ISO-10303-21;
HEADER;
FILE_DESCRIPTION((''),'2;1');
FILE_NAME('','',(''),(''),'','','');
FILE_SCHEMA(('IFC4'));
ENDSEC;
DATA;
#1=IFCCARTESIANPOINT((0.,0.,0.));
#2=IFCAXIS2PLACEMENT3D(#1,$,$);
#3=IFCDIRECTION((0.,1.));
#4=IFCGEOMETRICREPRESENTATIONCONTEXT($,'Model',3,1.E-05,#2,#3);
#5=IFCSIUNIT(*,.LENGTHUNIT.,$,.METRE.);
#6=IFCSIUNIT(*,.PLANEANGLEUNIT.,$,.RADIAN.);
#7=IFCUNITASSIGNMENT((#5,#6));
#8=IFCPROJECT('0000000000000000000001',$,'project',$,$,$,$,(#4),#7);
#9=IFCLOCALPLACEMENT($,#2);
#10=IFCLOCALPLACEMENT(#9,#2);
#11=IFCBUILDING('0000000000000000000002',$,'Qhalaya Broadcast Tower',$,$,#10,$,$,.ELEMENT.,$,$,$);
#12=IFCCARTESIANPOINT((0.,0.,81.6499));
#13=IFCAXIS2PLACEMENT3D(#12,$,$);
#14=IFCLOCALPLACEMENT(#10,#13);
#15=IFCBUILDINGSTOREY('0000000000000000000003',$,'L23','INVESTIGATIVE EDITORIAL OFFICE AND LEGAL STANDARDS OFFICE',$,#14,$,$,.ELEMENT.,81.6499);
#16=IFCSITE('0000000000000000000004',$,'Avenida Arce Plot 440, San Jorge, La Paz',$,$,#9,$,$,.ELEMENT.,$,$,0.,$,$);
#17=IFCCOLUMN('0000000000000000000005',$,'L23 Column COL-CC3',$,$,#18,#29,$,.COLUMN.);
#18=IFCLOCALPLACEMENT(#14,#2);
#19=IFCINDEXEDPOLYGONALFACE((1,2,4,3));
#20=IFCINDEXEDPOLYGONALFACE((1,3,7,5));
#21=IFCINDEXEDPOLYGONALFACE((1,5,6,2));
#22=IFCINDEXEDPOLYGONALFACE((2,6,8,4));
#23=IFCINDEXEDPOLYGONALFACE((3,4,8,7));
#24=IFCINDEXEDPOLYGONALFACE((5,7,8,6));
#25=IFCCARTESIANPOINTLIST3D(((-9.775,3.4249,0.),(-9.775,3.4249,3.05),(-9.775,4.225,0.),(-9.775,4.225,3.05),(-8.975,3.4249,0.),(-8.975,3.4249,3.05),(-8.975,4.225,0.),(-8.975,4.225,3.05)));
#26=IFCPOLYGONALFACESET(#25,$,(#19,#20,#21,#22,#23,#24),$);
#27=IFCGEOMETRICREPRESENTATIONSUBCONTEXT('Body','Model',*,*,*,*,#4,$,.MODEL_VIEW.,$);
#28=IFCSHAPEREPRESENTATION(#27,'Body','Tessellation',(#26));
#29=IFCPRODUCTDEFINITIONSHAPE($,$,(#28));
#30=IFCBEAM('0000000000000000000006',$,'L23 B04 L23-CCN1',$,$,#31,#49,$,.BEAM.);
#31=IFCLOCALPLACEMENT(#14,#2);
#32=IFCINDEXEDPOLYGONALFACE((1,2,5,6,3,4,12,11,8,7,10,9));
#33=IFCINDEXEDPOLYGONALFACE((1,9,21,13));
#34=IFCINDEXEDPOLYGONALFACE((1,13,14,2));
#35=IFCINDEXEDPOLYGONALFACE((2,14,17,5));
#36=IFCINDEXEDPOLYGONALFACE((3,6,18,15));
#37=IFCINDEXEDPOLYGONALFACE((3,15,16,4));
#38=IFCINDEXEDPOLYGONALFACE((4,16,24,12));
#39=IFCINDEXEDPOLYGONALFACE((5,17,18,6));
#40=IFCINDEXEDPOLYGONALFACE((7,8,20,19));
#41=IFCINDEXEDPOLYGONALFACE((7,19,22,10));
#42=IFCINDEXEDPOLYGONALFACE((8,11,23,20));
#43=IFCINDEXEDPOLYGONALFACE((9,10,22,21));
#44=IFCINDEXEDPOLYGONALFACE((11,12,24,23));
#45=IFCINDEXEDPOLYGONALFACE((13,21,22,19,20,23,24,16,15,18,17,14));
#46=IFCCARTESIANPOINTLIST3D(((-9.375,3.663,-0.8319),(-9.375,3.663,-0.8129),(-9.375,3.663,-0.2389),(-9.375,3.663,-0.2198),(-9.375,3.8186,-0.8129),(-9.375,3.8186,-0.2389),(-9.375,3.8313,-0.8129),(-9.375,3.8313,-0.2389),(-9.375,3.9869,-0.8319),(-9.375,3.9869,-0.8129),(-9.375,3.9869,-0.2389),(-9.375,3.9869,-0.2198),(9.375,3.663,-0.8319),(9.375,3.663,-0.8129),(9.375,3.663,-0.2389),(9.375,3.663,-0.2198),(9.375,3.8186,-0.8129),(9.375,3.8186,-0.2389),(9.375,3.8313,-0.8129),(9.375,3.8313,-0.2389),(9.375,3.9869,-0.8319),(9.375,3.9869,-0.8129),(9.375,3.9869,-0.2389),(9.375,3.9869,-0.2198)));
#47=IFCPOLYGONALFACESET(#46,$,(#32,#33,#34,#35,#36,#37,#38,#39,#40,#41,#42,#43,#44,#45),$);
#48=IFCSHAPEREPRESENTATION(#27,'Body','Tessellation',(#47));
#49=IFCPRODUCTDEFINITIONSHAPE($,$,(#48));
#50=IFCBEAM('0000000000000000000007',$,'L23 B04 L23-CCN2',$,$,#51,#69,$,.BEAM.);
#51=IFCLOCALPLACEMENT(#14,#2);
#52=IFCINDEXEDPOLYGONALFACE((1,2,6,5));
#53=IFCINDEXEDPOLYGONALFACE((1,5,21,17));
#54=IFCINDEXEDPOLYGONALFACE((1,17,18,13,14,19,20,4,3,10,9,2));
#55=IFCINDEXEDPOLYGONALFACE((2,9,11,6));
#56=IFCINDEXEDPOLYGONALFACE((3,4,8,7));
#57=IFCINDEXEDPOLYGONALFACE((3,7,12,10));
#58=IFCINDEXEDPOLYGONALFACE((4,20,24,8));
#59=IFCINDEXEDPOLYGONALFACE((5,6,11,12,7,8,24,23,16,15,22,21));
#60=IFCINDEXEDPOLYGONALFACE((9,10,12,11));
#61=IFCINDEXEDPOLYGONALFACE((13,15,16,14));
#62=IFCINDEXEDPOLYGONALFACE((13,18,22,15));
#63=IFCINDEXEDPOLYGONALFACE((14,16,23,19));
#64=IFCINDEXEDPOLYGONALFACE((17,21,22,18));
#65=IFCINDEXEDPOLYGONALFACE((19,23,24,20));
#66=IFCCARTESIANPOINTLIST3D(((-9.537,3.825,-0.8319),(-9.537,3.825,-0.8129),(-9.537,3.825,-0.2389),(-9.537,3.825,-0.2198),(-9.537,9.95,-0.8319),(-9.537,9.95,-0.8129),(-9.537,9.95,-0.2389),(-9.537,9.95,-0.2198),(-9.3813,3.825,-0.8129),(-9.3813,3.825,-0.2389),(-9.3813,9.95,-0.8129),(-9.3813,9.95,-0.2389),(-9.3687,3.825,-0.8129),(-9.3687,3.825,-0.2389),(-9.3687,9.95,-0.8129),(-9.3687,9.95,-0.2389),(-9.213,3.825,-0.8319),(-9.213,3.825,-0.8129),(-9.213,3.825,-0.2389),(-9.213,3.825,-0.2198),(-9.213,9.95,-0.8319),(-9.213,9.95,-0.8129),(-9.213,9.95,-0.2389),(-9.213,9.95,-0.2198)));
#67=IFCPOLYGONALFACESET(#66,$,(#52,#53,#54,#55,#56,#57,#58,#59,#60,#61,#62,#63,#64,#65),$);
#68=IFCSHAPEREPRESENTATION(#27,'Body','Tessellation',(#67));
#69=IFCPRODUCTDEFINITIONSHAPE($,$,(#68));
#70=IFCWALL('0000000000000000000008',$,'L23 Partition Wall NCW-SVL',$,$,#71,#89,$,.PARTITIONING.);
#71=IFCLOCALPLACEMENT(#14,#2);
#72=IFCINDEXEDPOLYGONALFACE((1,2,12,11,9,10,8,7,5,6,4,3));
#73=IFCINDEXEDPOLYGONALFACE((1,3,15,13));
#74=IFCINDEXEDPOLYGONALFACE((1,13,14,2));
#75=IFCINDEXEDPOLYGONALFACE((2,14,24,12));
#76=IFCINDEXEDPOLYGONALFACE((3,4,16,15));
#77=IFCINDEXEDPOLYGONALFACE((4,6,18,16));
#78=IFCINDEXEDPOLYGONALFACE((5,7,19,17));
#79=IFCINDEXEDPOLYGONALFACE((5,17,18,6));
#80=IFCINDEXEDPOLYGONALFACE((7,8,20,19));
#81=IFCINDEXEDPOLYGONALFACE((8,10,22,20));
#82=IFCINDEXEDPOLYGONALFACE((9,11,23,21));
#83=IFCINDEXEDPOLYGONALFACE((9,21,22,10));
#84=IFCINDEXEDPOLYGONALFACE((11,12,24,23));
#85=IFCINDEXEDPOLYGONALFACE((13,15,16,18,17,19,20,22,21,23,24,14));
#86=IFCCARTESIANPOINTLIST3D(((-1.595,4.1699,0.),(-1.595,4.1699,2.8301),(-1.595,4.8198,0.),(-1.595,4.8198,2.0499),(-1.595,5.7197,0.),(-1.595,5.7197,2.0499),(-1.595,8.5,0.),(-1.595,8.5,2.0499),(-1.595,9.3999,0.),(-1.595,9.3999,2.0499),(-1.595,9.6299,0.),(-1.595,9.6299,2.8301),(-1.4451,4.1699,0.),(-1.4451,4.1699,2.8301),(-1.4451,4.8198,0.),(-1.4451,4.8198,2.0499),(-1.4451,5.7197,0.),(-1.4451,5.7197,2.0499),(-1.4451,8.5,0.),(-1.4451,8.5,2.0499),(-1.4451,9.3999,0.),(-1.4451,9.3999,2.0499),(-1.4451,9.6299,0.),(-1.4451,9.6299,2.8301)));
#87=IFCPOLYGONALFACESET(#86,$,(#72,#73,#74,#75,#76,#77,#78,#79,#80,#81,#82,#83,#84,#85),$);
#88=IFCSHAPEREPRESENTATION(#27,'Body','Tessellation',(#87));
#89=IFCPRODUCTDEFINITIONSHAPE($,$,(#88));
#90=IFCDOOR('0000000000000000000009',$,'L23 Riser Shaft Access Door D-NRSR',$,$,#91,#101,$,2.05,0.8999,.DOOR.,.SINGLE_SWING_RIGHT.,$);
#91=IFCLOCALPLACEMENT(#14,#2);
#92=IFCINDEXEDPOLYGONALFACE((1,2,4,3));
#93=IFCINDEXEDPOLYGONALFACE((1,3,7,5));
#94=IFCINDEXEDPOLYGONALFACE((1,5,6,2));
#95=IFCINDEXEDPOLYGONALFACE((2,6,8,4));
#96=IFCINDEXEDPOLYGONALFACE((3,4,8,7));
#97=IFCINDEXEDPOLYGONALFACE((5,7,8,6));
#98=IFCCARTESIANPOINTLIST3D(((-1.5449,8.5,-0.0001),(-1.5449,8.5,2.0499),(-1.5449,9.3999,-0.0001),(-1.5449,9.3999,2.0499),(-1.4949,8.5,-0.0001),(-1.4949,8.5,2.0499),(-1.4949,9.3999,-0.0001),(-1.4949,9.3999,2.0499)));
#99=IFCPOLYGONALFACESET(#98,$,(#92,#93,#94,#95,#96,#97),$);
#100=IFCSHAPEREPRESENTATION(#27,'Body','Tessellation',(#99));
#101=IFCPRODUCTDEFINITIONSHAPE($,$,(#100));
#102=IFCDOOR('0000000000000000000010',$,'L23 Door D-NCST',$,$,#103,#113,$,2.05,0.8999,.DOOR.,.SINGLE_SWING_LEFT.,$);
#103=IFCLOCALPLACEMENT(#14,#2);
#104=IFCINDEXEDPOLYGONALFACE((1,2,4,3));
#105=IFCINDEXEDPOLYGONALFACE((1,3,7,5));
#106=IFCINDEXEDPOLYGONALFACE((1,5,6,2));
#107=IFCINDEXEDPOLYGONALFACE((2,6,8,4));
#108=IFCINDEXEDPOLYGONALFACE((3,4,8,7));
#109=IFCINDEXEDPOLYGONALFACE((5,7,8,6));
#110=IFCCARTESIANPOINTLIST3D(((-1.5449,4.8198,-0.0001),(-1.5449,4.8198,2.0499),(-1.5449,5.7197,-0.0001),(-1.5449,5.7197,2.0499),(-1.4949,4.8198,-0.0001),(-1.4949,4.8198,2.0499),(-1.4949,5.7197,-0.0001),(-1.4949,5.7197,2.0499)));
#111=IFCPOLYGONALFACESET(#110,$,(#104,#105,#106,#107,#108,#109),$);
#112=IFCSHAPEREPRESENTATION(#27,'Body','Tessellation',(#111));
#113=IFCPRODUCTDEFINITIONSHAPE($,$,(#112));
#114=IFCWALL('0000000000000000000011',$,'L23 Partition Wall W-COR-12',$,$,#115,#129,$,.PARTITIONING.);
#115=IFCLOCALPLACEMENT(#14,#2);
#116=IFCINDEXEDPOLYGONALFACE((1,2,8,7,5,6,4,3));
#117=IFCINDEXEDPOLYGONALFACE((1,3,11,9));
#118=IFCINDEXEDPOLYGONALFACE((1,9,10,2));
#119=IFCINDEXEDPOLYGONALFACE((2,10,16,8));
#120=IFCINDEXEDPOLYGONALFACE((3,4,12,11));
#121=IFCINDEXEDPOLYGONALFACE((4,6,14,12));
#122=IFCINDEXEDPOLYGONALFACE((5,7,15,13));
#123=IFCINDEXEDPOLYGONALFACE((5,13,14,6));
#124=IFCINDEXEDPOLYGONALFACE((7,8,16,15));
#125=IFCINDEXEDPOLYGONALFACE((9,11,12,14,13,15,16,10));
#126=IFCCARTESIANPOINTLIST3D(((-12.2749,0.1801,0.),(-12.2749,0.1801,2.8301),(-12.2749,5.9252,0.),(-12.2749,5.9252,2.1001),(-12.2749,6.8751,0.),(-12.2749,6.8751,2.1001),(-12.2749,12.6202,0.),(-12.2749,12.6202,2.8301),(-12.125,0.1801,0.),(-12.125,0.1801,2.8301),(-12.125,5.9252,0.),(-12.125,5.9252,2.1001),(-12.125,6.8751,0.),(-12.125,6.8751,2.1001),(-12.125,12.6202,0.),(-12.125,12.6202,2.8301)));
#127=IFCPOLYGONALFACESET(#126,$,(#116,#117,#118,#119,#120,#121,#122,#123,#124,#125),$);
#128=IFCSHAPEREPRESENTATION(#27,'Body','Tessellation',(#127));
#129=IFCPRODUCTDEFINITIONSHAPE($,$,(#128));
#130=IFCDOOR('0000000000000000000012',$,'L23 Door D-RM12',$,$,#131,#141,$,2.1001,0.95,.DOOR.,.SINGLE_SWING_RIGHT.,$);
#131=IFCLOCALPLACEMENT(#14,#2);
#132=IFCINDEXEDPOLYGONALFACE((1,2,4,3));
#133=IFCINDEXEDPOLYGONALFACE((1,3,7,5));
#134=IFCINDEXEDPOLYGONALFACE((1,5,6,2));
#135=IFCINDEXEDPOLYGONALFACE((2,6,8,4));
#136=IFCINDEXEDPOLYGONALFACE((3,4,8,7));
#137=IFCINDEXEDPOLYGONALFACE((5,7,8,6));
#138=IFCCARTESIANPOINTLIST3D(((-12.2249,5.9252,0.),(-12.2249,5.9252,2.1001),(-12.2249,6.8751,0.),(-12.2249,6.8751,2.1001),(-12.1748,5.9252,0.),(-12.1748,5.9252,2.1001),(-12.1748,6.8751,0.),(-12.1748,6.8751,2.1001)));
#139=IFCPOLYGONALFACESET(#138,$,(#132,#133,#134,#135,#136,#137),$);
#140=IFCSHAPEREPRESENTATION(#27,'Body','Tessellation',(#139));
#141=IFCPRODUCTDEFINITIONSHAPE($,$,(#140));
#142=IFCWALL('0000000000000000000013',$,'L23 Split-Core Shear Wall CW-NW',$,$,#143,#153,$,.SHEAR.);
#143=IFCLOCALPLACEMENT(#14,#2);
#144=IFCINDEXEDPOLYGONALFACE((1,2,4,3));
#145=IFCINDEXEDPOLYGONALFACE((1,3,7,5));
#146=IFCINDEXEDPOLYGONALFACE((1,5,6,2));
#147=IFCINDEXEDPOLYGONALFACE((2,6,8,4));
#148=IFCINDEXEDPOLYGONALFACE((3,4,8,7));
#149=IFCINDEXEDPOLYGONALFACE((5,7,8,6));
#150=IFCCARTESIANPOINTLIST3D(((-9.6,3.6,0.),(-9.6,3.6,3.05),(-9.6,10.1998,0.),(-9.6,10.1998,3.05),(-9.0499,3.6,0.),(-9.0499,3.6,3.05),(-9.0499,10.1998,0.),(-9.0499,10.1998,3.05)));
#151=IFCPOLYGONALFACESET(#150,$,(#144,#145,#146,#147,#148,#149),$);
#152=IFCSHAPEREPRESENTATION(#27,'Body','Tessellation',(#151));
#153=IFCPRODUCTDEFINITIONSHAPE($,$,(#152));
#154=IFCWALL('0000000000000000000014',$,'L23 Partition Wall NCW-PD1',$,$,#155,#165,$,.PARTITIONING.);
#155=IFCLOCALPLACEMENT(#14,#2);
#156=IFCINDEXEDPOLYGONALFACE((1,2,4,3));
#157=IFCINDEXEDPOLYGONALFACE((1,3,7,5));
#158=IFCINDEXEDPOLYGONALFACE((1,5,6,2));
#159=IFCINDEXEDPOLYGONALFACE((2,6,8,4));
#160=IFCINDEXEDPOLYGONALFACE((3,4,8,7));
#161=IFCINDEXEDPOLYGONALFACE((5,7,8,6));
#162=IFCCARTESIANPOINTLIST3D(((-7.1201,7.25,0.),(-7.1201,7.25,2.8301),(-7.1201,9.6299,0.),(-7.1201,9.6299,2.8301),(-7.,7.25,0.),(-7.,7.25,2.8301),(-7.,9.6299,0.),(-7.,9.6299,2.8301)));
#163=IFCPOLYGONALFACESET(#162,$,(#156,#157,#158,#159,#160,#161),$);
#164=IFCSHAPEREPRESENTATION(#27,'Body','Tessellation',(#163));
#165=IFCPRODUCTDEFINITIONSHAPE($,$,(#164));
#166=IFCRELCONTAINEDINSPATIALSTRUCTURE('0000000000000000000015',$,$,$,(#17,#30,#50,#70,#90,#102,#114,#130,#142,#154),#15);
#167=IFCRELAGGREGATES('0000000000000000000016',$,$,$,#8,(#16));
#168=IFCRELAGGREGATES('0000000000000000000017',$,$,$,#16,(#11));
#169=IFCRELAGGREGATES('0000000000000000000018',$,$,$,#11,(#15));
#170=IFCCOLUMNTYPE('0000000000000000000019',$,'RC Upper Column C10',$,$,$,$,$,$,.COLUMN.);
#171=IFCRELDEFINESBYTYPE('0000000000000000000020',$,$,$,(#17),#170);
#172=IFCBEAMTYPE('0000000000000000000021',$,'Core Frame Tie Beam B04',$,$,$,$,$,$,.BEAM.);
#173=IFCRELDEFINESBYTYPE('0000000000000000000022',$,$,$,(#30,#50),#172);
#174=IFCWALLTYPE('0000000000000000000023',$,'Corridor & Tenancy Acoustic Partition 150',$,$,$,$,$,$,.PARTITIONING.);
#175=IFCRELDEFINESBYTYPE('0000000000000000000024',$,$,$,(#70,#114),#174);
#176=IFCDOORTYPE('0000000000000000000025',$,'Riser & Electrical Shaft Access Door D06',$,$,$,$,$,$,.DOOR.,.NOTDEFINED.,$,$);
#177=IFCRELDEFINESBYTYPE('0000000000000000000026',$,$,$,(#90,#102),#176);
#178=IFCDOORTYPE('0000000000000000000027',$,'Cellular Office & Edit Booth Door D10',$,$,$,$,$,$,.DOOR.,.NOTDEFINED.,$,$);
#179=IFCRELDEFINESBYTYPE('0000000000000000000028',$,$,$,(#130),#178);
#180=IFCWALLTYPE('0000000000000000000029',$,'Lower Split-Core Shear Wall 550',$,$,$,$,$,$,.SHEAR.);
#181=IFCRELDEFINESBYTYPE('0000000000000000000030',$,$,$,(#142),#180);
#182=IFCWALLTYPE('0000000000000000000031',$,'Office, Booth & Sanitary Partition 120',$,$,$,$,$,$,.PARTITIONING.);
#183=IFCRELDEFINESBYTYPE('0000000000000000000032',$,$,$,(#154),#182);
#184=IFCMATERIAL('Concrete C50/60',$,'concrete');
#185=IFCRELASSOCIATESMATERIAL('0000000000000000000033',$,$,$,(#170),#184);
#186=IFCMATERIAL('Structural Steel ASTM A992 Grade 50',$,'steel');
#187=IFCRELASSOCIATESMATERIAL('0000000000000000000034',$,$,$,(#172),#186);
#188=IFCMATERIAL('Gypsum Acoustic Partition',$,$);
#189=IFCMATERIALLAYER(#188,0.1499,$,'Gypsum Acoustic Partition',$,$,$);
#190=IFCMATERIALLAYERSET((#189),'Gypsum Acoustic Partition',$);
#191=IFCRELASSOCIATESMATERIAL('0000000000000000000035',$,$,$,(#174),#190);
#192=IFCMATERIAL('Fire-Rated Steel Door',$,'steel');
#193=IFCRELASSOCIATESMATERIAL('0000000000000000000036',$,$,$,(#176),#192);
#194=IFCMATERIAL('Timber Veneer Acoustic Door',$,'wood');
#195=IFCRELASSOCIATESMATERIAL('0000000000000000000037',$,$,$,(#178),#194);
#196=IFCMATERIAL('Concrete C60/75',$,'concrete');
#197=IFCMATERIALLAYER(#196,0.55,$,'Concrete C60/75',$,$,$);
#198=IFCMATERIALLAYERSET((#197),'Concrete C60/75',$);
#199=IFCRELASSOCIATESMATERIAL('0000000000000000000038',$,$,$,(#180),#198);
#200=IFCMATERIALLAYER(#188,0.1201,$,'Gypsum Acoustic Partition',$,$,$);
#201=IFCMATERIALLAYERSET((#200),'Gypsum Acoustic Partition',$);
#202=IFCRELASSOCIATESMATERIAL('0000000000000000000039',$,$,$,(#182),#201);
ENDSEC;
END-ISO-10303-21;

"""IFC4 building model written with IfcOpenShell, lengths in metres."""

from ifc_helpers import new_model, si_unit, direction, frame, frame_2d, origin, origin_2d, place, context, subcontext, project, spatial, rectangle, i_section, extrude, material, layer, layer_set, material_profile, profile_set, type_object, element, fill, save


model = new_model("IFC4")

# Units and contexts
model_context = context("Model", 3, precision=1e-05, world=origin(), true_north=direction((0.0, 1.0)))
body_context = subcontext(model_context, "Body", "Model", "MODEL_VIEW")
ifc_project = project(units=[si_unit("LENGTHUNIT", "METRE"), si_unit("PLANEANGLEUNIT", "RADIAN")], contexts=[model_context])

# Site, building, storey
site_placement = place(None, origin())
site = spatial("IfcSite", under=ifc_project, at=site_placement, Name="Avenida Arce Plot 440, San Jorge, La Paz", CompositionType="ELEMENT", RefElevation=0.0)
building_placement = place(site_placement, origin())
building = spatial("IfcBuilding", under=site, at=building_placement, Name="Qhalaya Broadcast Tower", CompositionType="ELEMENT")
storey_placement = place(building_placement, frame((0.0, 0.0, 81.6499)))
storey = spatial("IfcBuildingStorey", under=building, at=storey_placement, Name="L23", Description="INVESTIGATIVE EDITORIAL OFFICE AND LEGAL STANDARDS OFFICE", CompositionType="ELEMENT", Elevation=81.6499)

# Column
ifc_material_1 = material(Name="Concrete C50/60", Category="concrete")
ifc_material_profile_1 = material_profile(ifc_material_1, rectangle(XDim=0.8, YDim=0.8, at=origin_2d()), Name="RC-COL 800x800")
ifc_profile_set_1 = profile_set([ifc_material_profile_1], Name="Concrete C50/60")
column_type = type_object("IfcColumnType", Name="RC Upper Column C10", PredefinedType="COLUMN", material=ifc_profile_set_1)
column_placement = place(storey_placement, frame((-9.375, 3.825, 0.0), z_axis=(0.0, 0.0, 1.0), x_axis=(1.0, 0.0, 0.0)))
element("IfcColumn", 1, at=column_placement, inside=storey, type_object=column_type, Name="L23 Column COL-CC3", PredefinedType="COLUMN", context=body_context, shape_type="SweptSolid", body=[
    extrude(rectangle(XDim=0.8, YDim=0.8, at=origin_2d()), origin(), (0.0, 0.0, 1.0), 3.05),
])

# Beams
ifc_material_2 = material(Name="Structural Steel ASTM A992 Grade 50", Category="steel")
ifc_material_profile_2 = material_profile(ifc_material_2, i_section(OverallWidth=0.324, OverallDepth=0.6121, WebThickness=0.0127, FlangeThickness=0.019, at=origin_2d()), Name="W24X104")
ifc_profile_set_2 = profile_set([ifc_material_profile_2], Name="Structural Steel ASTM A992 Grade 50")
beam_type = type_object("IfcBeamType", Name="Core Frame Tie Beam B04", PredefinedType="BEAM", material=ifc_profile_set_2)
beam_1_placement = place(storey_placement, frame((-9.375, 3.825, -0.5259), z_axis=(1.0, 0.0, 0.0), x_axis=(0.0, 1.0, 0.0)))
element("IfcBeam", 2, at=beam_1_placement, inside=storey, type_object=beam_type, Name="L23 B04 L23-CCN1", PredefinedType="BEAM", context=body_context, shape_type="SweptSolid", body=[
    extrude(i_section(OverallWidth=0.324, OverallDepth=0.6121, WebThickness=0.0127, FlangeThickness=0.019, at=origin_2d()), origin(), (0.0, 0.0, 1.0), 18.75),
])
beam_2_placement = place(storey_placement, frame((-9.375, 3.825, -0.5259), z_axis=(0.0, 1.0, 0.0), x_axis=(-1.0, 0.0, 0.0)))
element("IfcBeam", 3, at=beam_2_placement, inside=storey, type_object=beam_type, Name="L23 B04 L23-CCN2", PredefinedType="BEAM", context=body_context, shape_type="SweptSolid", body=[
    extrude(i_section(OverallWidth=0.324, OverallDepth=0.6121, WebThickness=0.0127, FlangeThickness=0.019, at=origin_2d()), origin(), (0.0, 0.0, 1.0), 6.125),
])

# Wall, openings, doors
ifc_material_3 = material(Name="Gypsum Acoustic Partition")
ifc_layer_1 = layer(ifc_material_3, 0.1499, Name="Gypsum Acoustic Partition")
ifc_layer_set_1 = layer_set([ifc_layer_1], Name="Gypsum Acoustic Partition")
wall_type_1 = type_object("IfcWallType", Name="Corridor & Tenancy Acoustic Partition 150", PredefinedType="PARTITIONING", material=ifc_layer_set_1)
wall_1_placement = place(storey_placement, frame((-1.52, 4.1699, 0.0), z_axis=(0.0, 0.0, 1.0), x_axis=(0.0, 1.0, 0.0)))
wall_1 = element("IfcWall", 4, at=wall_1_placement, inside=storey, type_object=wall_type_1, Name="L23 Partition Wall NCW-SVL", PredefinedType="PARTITIONING", context=body_context, shape_type="SweptSolid", body=[
    extrude(rectangle(XDim=5.46, YDim=0.1499, at=frame_2d((2.73, 0.0))), origin(), (0.0, 0.0, 1.0), 2.8301),
])
opening_1_placement = place(wall_1_placement, frame((4.3301, 0.0, 0.0)))
opening_1 = element("IfcOpeningElement", 5, at=opening_1_placement, cuts=wall_1, PredefinedType="OPENING", context=body_context, shape_type="SweptSolid", body=[
    extrude(rectangle(XDim=0.8999, YDim=2.05, at=frame_2d((0.45, 1.0249))), frame((0.0, 0.0869, 0.0), z_axis=(0.0, -1.0, 0.0), x_axis=(1.0, 0.0, 0.0)), (0.0, 0.0, 1.0), 0.1738),
])
opening_2_placement = place(wall_1_placement, frame((0.6499, 0.0, 0.0)))
opening_2 = element("IfcOpeningElement", 6, at=opening_2_placement, cuts=wall_1, PredefinedType="OPENING", context=body_context, shape_type="SweptSolid", body=[
    extrude(rectangle(XDim=0.8999, YDim=2.05, at=frame_2d((0.45, 1.0249))), frame((0.0, 0.0869, 0.0), z_axis=(0.0, -1.0, 0.0), x_axis=(1.0, 0.0, 0.0)), (0.0, 0.0, 1.0), 0.1738),
])
ifc_material_4 = material(Name="Fire-Rated Steel Door", Category="steel")
door_type_1 = type_object("IfcDoorType", Name="Riser & Electrical Shaft Access Door D06", OperationType="NOTDEFINED", PredefinedType="DOOR", material=ifc_material_4)
door_1_placement = place(opening_1_placement, origin())
door_1 = element("IfcDoor", 7, at=door_1_placement, inside=storey, type_object=door_type_1, Name="L23 Riser Shaft Access Door D-NRSR", OperationType="SINGLE_SWING_RIGHT", OverallHeight=2.05, OverallWidth=0.8999, PredefinedType="DOOR", context=body_context, shape_type="SweptSolid", body=[
    extrude(rectangle(XDim=0.8999, YDim=2.05, at=frame_2d((0.45, 1.0249))), frame((0.0, 0.0249, 0.0), z_axis=(0.0, -1.0, 0.0), x_axis=(1.0, 0.0, 0.0)), (0.0, 0.0, 1.0), 0.05),
])
fill(opening_1, door_1)
door_2_placement = place(opening_2_placement, origin())
door_2 = element("IfcDoor", 8, at=door_2_placement, inside=storey, type_object=door_type_1, Name="L23 Door D-NCST", OperationType="SINGLE_SWING_LEFT", OverallHeight=2.05, OverallWidth=0.8999, PredefinedType="DOOR", context=body_context, shape_type="SweptSolid", body=[
    extrude(rectangle(XDim=0.8999, YDim=2.05, at=frame_2d((0.45, 1.0249))), frame((0.0, 0.0249, 0.0), z_axis=(0.0, -1.0, 0.0), x_axis=(1.0, 0.0, 0.0)), (0.0, 0.0, 1.0), 0.05),
])
fill(opening_2, door_2)

# Wall, opening, door
wall_2_placement = place(storey_placement, frame((-12.2, 0.1799, 0.0), z_axis=(0.0, 0.0, 1.0), x_axis=(0.0, 1.0, 0.0)))
wall_2 = element("IfcWall", 9, at=wall_2_placement, inside=storey, type_object=wall_type_1, Name="L23 Partition Wall W-COR-12", PredefinedType="PARTITIONING", context=body_context, shape_type="SweptSolid", body=[
    extrude(rectangle(XDim=12.4402, YDim=0.1499, at=frame_2d((6.2202, 0.0))), origin(), (0.0, 0.0, 1.0), 2.8301),
])
opening_3_placement = place(wall_2_placement, frame((5.7451, 0.0, 0.0)))
opening_3 = element("IfcOpeningElement", 10, at=opening_3_placement, cuts=wall_2, PredefinedType="OPENING", context=body_context, shape_type="SweptSolid", body=[
    extrude(rectangle(XDim=0.95, YDim=2.1001, at=frame_2d((0.4751, 1.05))), frame((0.0, 0.0869, 0.0), z_axis=(0.0, -1.0, 0.0), x_axis=(1.0, 0.0, 0.0)), (0.0, 0.0, 1.0), 0.1738),
])
ifc_material_5 = material(Name="Timber Veneer Acoustic Door", Category="wood")
door_type_2 = type_object("IfcDoorType", Name="Cellular Office & Edit Booth Door D10", OperationType="NOTDEFINED", PredefinedType="DOOR", material=ifc_material_5)
door_3_placement = place(opening_3_placement, origin())
door_3 = element("IfcDoor", 11, at=door_3_placement, inside=storey, type_object=door_type_2, Name="L23 Door D-RM12", OperationType="SINGLE_SWING_RIGHT", OverallHeight=2.1001, OverallWidth=0.95, PredefinedType="DOOR", context=body_context, shape_type="SweptSolid", body=[
    extrude(rectangle(XDim=0.95, YDim=2.1001, at=frame_2d((0.4751, 1.05))), frame((0.0, 0.0249, 0.0), z_axis=(0.0, -1.0, 0.0), x_axis=(1.0, 0.0, 0.0)), (0.0, 0.0, 1.0), 0.05),
])
fill(opening_3, door_3)

# Shared definitions
ifc_material_6 = material(Name="Concrete C60/75", Category="concrete")
ifc_layer_2 = layer(ifc_material_6, 0.55, Name="Concrete C60/75")
ifc_layer_set_2 = layer_set([ifc_layer_2], Name="Concrete C60/75")
wall_type_2 = type_object("IfcWallType", Name="Lower Split-Core Shear Wall 550", PredefinedType="SHEAR", material=ifc_layer_set_2)

# Walls
wall_3_placement = place(storey_placement, frame((-9.325, 3.6001, 0.0), z_axis=(0.0, 0.0, 1.0), x_axis=(0.0, 1.0, 0.0)))
element("IfcWall", 12, at=wall_3_placement, inside=storey, type_object=wall_type_2, Name="L23 Split-Core Shear Wall CW-NW", PredefinedType="SHEAR", context=body_context, shape_type="SweptSolid", body=[
    extrude(rectangle(XDim=6.5999, YDim=0.55, at=frame_2d((3.2998, 0.0))), origin(), (0.0, 0.0, 1.0), 3.05),
])
ifc_layer_3 = layer(ifc_material_3, 0.1201, Name="Gypsum Acoustic Partition")
ifc_layer_set_3 = layer_set([ifc_layer_3], Name="Gypsum Acoustic Partition")
wall_type_3 = type_object("IfcWallType", Name="Office, Booth & Sanitary Partition 120", PredefinedType="PARTITIONING", material=ifc_layer_set_3)
for number, where, z_axis, x_axis, name in (
    (13, (-7.0601, 7.25, 0.0), (0.0, 0.0, 1.0), (0.0, 1.0, 0.0), "L23 Partition Wall NCW-PD1"),
):
    element("IfcWall", number, at=place(storey_placement, frame(where, z_axis=z_axis, x_axis=x_axis)), inside=storey, type_object=wall_type_3, Name=name, PredefinedType="PARTITIONING", context=body_context, shape_type="SweptSolid", body=[
        extrude(rectangle(XDim=2.3799, YDim=0.1201, at=frame_2d((1.1899, 0.0))), origin(), (0.0, 0.0, 1.0), 2.8301),
    ])

save(model, "model.ifc")
